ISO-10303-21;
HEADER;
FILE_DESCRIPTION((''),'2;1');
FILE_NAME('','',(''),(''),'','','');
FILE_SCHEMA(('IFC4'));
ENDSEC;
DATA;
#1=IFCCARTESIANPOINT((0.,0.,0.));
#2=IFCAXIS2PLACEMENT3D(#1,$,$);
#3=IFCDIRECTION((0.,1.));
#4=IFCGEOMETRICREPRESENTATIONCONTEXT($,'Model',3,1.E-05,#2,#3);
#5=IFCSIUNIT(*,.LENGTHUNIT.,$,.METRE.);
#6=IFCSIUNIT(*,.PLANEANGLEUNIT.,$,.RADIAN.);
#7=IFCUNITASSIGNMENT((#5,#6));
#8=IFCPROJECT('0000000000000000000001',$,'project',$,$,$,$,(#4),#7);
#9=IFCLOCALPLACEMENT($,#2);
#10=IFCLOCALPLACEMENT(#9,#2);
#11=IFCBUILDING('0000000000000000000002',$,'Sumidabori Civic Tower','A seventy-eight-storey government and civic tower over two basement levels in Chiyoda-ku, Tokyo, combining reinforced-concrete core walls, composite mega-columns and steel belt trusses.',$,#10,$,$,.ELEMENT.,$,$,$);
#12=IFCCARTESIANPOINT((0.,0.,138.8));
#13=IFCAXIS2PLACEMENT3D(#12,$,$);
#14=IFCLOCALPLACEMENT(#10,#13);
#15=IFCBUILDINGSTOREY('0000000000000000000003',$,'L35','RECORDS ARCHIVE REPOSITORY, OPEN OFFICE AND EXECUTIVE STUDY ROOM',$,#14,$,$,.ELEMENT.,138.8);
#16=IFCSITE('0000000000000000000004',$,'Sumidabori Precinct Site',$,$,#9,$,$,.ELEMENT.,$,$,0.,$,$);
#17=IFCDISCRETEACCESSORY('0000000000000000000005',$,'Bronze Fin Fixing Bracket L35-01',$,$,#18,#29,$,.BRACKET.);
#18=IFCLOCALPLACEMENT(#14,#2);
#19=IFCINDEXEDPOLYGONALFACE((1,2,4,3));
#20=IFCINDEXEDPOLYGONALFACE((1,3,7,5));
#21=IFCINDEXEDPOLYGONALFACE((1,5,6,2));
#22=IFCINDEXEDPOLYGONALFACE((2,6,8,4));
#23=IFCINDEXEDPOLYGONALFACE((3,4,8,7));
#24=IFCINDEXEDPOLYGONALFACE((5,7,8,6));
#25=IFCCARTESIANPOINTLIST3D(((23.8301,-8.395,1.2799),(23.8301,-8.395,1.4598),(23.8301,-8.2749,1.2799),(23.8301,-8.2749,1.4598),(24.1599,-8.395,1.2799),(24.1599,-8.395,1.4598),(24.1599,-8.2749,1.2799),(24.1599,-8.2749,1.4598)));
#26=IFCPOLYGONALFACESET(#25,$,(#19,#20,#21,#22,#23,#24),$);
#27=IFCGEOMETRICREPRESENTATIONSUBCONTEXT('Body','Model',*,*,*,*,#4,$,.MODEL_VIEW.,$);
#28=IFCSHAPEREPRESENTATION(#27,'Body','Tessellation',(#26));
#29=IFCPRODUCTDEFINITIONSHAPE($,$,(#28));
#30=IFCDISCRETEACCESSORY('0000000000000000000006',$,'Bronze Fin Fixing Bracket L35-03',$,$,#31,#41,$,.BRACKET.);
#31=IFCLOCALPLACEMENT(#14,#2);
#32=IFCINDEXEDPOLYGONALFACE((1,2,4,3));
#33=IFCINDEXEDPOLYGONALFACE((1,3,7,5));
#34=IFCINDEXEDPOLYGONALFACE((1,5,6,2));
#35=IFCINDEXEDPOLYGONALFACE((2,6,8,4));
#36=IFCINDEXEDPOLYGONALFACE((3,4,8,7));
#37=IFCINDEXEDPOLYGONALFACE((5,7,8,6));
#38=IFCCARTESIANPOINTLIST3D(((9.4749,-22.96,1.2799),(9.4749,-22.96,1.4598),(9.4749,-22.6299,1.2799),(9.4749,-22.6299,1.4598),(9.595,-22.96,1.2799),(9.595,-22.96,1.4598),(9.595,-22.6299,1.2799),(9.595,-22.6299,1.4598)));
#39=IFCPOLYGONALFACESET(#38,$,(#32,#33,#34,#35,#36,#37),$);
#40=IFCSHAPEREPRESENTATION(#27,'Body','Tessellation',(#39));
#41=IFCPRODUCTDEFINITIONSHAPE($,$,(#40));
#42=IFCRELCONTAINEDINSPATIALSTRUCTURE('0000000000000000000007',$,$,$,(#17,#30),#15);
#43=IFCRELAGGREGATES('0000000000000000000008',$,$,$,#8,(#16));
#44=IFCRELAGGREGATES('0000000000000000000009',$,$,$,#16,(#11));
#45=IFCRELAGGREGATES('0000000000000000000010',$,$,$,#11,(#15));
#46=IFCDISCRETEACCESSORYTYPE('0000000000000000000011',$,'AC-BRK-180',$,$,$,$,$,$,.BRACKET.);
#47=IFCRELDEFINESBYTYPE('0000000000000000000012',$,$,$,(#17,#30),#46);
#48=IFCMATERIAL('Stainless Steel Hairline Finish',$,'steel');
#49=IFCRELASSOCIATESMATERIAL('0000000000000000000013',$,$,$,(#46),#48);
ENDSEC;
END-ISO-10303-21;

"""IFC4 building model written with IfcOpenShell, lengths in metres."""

from ifc_helpers import new_model, si_unit, direction, frame, origin, origin_2d, place, context, subcontext, project, spatial, rectangle, extrude, source, transform, mapped, material, material_profile, profile_set, type_object, element, save


model = new_model("IFC4")

# Units and contexts
model_context = context("Model", 3, precision=1e-05, world=origin(), true_north=direction((0.0, 1.0)))
body_context = subcontext(model_context, "Body", "Model", "MODEL_VIEW")
ifc_project = project(units=[si_unit("LENGTHUNIT", "METRE"), si_unit("PLANEANGLEUNIT", "RADIAN")], contexts=[model_context])

# Site, building, storey
site_placement = place(None, origin())
site = spatial("IfcSite", under=ifc_project, at=site_placement, Name="Sumidabori Precinct Site", CompositionType="ELEMENT", RefElevation=0.0)
building_placement = place(site_placement, origin())
building = spatial("IfcBuilding", under=site, at=building_placement, Name="Sumidabori Civic Tower", Description="A seventy-eight-storey government and civic tower over two basement levels in Chiyoda-ku, Tokyo, combining reinforced-concrete core walls, composite mega-columns and steel belt trusses.", CompositionType="ELEMENT")
storey_placement = place(building_placement, frame((0.0, 0.0, 138.8)))
storey = spatial("IfcBuildingStorey", under=building, at=storey_placement, Name="L35", Description="RECORDS ARCHIVE REPOSITORY, OPEN OFFICE AND EXECUTIVE STUDY ROOM", CompositionType="ELEMENT", Elevation=138.8)

# Discrete accessories
ifc_material_1 = material(Name="Stainless Steel Hairline Finish", Category="steel")
ifc_material_profile_1 = material_profile(ifc_material_1, rectangle(XDim=0.1201, YDim=0.1799, at=origin_2d()), Name="STEEL BRACKET 180x120")
ifc_profile_set_1 = profile_set([ifc_material_profile_1], Name="Stainless Steel Hairline Finish")
discrete_accessory_type = type_object("IfcDiscreteAccessoryType", Name="AC-BRK-180", PredefinedType="BRACKET", material=ifc_profile_set_1)
shared_shape_1 = source(origin(), body_context, "Body", "SweptSolid", [
    extrude(rectangle(XDim=0.1201, YDim=0.1799, at=origin_2d()), origin(), (0.0, 0.0, 1.0), 0.3298),
])
discrete_accessory_1_placement = place(storey_placement, frame((23.8301, -8.335, 1.3699), z_axis=(1.0, 0.0, 0.0), x_axis=(0.0, 1.0, 0.0)))
element("IfcDiscreteAccessory", 1, at=discrete_accessory_1_placement, inside=storey, type_object=discrete_accessory_type, Name="Bronze Fin Fixing Bracket L35-01", PredefinedType="BRACKET", context=body_context, shape_type="MappedRepresentation", body=[
    mapped(shared_shape_1, transform((0.0, 0.0, 0.0), x_axis=(1.0, 0.0, 0.0), y_axis=(0.0, 1.0, 0.0), z_axis=(0.0, 0.0, 1.0), scale=1.0)),
])
shared_shape_2 = source(origin(), body_context, "Body", "SweptSolid", [
    extrude(rectangle(XDim=0.1201, YDim=0.1799, at=origin_2d()), origin(), (0.0, 0.0, 1.0), 0.3301),
])
discrete_accessory_2_placement = place(storey_placement, frame((9.5349, -22.6299, 1.3699), z_axis=(0.0, -1.0, 0.0), x_axis=(1.0, 0.0, 0.0)))
element("IfcDiscreteAccessory", 2, at=discrete_accessory_2_placement, inside=storey, type_object=discrete_accessory_type, Name="Bronze Fin Fixing Bracket L35-03", PredefinedType="BRACKET", context=body_context, shape_type="MappedRepresentation", body=[
    mapped(shared_shape_2, transform((0.0, 0.0, 0.0), x_axis=(1.0, 0.0, 0.0), y_axis=(0.0, 1.0, 0.0), z_axis=(0.0, 0.0, 1.0), scale=1.0)),
])

save(model, "model.ifc")
